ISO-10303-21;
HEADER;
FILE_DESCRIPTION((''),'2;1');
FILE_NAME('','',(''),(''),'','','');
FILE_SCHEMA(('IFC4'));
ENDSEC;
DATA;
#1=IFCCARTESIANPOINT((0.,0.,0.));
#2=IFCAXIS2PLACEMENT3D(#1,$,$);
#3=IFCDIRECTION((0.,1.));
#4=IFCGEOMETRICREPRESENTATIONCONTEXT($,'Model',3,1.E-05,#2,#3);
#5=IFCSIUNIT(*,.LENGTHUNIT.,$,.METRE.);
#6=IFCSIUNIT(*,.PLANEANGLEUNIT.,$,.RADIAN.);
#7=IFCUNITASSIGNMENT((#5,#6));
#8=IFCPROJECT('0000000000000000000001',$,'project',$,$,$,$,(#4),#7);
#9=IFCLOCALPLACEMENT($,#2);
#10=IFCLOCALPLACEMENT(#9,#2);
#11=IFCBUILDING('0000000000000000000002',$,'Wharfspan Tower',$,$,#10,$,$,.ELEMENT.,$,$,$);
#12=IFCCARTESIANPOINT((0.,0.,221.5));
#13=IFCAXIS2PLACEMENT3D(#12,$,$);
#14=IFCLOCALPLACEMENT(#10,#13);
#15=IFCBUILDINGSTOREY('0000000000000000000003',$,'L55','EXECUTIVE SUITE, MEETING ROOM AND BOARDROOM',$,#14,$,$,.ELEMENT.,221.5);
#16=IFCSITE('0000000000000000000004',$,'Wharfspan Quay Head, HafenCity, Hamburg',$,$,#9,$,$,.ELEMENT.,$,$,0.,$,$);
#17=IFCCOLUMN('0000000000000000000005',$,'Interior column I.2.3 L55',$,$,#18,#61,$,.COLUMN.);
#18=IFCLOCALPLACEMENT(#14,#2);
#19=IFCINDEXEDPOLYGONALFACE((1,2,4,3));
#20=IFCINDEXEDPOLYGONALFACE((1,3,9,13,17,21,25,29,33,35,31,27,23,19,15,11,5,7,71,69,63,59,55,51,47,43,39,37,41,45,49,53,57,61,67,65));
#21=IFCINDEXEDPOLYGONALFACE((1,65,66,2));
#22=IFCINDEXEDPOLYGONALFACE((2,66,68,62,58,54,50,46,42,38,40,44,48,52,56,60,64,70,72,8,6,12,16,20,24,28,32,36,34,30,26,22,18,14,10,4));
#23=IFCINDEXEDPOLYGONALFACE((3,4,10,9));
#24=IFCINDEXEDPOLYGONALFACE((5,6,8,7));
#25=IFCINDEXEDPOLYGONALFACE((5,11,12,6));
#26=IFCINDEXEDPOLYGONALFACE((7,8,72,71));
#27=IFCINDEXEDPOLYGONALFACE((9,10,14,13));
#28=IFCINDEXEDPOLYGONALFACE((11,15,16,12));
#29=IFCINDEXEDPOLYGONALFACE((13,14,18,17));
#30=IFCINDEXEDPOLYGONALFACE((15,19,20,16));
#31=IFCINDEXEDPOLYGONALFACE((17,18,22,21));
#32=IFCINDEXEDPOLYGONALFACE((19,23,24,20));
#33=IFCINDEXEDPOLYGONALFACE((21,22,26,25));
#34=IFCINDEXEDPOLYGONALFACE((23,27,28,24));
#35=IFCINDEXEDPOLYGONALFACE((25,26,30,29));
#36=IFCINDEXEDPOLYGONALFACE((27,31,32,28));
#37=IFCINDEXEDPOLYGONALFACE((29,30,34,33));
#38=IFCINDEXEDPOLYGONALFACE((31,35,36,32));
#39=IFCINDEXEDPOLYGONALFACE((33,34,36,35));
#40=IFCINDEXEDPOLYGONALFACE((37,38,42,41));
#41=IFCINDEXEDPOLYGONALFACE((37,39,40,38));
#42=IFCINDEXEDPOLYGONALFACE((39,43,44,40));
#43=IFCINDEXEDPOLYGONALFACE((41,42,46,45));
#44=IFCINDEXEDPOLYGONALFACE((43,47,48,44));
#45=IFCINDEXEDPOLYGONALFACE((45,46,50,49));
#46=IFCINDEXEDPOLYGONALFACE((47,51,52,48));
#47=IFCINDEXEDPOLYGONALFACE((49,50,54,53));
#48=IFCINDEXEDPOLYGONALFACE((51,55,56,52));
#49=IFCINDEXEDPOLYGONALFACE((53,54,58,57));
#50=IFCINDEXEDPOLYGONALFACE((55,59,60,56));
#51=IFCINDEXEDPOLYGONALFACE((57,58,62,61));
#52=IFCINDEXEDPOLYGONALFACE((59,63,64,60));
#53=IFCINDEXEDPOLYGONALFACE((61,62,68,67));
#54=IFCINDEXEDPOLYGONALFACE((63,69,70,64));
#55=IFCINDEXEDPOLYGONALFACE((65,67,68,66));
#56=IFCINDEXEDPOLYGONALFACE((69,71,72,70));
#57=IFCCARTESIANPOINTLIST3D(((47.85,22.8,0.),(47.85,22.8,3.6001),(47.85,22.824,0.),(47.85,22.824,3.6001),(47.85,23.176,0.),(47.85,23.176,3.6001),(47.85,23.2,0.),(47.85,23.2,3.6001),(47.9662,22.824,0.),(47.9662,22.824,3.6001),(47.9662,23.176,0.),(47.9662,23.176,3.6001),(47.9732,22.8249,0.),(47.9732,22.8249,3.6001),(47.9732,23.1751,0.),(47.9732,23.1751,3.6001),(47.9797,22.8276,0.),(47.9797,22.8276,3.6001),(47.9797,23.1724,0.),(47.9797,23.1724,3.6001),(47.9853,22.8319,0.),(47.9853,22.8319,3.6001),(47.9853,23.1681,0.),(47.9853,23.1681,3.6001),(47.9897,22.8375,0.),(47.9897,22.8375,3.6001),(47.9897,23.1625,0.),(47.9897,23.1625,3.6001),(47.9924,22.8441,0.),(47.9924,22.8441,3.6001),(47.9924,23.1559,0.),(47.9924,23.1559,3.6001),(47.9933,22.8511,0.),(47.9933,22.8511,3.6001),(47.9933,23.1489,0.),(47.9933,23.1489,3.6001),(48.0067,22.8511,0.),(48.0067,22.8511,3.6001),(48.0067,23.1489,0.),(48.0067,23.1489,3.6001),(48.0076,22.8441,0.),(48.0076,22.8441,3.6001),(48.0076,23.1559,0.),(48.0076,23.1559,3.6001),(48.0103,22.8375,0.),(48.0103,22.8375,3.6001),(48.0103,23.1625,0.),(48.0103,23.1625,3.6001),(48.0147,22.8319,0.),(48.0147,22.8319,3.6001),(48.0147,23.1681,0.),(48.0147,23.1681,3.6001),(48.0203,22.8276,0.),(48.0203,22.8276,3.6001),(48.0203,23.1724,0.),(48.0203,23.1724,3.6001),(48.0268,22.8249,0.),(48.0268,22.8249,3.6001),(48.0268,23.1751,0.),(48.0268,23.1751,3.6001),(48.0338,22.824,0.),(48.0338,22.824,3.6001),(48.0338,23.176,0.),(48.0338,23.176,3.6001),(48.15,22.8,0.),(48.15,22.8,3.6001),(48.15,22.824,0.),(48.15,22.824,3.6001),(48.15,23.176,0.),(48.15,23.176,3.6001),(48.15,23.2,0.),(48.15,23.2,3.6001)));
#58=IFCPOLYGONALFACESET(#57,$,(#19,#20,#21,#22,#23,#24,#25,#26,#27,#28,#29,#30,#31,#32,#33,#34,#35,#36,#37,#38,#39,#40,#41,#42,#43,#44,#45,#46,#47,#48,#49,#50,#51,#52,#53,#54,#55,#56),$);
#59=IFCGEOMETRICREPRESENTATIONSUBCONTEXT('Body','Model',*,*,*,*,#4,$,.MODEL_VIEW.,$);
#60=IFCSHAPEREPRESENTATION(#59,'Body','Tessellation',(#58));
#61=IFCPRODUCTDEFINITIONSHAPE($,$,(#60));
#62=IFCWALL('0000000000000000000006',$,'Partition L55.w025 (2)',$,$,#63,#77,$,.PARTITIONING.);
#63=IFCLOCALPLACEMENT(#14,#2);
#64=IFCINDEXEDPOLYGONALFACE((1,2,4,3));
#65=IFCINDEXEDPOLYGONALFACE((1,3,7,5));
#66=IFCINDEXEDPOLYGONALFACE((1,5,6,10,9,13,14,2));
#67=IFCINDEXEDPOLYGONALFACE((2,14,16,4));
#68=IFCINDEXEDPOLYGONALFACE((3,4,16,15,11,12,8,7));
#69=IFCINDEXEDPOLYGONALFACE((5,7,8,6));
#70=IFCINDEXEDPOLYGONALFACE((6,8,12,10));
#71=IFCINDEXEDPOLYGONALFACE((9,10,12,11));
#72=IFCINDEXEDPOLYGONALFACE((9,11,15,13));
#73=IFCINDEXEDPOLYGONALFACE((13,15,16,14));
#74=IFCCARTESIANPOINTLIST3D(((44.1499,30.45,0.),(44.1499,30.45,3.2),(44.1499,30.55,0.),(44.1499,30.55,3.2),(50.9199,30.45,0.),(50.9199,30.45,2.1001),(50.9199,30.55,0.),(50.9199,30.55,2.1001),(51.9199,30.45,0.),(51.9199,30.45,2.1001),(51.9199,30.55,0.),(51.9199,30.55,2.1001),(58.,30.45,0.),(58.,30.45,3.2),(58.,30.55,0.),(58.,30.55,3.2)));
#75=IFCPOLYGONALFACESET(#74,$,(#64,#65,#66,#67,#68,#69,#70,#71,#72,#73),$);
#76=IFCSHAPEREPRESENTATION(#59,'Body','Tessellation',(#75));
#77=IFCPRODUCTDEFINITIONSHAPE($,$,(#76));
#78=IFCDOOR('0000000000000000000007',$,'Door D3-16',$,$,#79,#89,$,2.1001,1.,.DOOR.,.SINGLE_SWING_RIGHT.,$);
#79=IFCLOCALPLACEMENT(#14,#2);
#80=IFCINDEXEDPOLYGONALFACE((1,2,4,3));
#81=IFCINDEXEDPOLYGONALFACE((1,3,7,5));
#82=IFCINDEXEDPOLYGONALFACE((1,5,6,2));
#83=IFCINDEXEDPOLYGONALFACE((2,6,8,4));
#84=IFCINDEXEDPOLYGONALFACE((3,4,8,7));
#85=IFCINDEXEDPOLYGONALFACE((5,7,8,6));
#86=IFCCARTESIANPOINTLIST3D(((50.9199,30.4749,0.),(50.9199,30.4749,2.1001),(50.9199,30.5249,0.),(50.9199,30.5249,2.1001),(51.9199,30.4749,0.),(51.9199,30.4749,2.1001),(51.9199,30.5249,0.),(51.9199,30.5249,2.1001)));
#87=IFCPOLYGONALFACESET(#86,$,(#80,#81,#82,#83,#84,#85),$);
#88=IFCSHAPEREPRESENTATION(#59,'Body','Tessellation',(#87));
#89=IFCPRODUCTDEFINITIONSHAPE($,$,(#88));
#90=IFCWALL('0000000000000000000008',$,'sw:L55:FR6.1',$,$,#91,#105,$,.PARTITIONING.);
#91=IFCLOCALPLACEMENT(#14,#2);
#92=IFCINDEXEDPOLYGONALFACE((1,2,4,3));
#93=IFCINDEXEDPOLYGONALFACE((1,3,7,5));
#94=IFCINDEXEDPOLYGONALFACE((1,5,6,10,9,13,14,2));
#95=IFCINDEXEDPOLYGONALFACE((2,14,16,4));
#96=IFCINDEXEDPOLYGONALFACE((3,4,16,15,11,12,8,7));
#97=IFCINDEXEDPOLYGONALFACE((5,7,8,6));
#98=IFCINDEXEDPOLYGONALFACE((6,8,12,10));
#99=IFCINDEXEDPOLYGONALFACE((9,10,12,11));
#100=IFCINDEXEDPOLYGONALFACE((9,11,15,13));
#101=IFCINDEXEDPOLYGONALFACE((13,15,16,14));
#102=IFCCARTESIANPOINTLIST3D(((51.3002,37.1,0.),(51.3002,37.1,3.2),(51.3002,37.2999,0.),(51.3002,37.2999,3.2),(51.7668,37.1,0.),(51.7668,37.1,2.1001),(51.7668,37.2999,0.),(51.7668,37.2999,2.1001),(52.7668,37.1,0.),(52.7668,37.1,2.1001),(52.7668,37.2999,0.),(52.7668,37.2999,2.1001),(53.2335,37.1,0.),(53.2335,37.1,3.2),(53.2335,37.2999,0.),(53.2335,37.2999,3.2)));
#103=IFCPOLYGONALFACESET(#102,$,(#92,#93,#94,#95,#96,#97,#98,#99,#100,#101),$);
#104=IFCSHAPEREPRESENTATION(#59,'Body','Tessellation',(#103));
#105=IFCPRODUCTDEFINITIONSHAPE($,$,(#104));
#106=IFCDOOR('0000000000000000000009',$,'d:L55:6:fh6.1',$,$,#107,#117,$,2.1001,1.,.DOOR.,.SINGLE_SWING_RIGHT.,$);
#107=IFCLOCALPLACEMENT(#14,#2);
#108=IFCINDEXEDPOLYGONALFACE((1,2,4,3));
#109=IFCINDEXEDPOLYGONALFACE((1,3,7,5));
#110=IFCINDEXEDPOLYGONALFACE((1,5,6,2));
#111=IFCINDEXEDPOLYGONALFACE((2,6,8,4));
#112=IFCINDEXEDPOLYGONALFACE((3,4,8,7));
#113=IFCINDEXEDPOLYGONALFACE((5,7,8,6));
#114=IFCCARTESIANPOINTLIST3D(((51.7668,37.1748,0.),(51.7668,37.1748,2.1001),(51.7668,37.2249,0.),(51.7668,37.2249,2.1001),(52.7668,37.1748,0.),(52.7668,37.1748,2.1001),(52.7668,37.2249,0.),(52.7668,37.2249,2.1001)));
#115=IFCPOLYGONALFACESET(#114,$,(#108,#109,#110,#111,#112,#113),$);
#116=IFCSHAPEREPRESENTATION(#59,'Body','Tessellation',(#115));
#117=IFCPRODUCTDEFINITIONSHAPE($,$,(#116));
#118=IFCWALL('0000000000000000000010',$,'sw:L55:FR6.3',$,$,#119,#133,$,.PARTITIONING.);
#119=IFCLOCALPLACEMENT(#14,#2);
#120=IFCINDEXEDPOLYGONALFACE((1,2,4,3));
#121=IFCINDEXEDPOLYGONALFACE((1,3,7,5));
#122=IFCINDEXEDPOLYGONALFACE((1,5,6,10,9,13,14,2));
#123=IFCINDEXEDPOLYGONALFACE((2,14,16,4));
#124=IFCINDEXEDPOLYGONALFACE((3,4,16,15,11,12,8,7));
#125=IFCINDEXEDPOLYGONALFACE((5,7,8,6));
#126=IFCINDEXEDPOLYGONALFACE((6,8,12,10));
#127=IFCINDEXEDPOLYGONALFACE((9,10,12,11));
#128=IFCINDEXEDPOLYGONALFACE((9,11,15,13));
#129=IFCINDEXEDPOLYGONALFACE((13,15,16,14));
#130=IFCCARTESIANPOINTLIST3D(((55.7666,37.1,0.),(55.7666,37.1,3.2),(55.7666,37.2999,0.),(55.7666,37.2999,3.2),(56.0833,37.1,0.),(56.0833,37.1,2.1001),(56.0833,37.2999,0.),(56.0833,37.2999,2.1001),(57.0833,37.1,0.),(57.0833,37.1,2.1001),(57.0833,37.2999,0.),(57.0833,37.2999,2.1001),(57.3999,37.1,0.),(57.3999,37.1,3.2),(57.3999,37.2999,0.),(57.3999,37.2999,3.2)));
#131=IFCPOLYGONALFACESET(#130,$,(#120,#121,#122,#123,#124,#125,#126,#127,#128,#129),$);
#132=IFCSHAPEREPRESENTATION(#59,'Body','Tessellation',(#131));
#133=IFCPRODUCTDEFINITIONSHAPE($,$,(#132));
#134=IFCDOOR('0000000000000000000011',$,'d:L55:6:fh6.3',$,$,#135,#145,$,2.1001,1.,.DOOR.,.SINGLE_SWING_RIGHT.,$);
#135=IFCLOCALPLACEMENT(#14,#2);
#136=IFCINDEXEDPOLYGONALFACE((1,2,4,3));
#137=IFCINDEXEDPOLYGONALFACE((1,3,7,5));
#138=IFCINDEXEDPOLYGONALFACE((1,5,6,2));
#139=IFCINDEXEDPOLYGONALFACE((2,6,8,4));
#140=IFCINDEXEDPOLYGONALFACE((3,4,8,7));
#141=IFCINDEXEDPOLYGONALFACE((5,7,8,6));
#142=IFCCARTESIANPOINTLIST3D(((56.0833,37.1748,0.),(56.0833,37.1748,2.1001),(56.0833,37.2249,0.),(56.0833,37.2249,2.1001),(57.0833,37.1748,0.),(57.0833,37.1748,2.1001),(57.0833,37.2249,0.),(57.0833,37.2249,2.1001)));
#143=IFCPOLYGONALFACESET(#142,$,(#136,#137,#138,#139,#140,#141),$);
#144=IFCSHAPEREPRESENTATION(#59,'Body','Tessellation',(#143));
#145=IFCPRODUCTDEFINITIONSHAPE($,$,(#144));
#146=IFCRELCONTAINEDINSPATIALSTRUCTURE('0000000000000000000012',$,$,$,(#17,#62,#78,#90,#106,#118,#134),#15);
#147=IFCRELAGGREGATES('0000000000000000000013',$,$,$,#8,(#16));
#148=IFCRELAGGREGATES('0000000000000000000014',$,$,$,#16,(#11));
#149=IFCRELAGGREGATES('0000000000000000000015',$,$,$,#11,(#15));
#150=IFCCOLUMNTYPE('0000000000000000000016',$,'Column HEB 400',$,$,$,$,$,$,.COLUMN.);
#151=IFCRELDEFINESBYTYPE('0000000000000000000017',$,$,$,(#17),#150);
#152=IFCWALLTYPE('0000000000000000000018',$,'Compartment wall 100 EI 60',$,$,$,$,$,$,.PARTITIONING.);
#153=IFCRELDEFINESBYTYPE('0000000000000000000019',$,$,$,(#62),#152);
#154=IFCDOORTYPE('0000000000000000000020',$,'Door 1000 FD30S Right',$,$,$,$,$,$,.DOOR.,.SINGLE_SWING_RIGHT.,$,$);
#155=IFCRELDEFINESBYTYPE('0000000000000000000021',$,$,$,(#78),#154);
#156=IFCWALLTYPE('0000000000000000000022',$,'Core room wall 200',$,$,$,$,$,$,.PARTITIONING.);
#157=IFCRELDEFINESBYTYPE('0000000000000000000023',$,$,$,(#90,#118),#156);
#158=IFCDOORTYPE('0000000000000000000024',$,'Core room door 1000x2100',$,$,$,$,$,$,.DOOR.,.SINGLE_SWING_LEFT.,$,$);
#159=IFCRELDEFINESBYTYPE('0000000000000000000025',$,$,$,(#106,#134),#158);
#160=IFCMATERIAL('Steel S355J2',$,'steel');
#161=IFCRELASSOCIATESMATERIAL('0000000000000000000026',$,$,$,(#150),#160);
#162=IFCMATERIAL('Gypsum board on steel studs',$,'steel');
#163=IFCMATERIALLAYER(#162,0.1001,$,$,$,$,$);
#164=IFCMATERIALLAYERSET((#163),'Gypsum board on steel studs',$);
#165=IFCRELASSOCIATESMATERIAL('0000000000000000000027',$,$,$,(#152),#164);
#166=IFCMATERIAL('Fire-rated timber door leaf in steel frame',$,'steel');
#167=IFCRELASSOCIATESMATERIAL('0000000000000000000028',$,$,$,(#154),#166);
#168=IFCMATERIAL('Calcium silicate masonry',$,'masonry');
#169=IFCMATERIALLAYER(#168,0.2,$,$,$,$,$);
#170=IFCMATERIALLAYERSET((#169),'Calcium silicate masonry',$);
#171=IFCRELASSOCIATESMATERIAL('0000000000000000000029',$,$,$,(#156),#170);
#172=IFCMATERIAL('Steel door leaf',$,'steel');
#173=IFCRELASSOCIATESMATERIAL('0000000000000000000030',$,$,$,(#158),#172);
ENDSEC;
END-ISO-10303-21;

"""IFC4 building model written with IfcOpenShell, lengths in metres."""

from ifc_helpers import new_model, si_unit, direction, frame, frame_2d, origin, origin_2d, place, context, subcontext, project, spatial, rectangle, i_section, extrude, material, layer, layer_set, material_profile, profile_set, type_object, element, fill, save


model = new_model("IFC4")

# Units and contexts
model_context = context("Model", 3, precision=1e-05, world=origin(), true_north=direction((0.0, 1.0)))
body_context = subcontext(model_context, "Body", "Model", "MODEL_VIEW")
ifc_project = project(units=[si_unit("LENGTHUNIT", "METRE"), si_unit("PLANEANGLEUNIT", "RADIAN")], contexts=[model_context])

# Site, building, storey
site_placement = place(None, origin())
site = spatial("IfcSite", under=ifc_project, at=site_placement, Name="Wharfspan Quay Head, HafenCity, Hamburg", CompositionType="ELEMENT", RefElevation=0.0)
building_placement = place(site_placement, origin())
building = spatial("IfcBuilding", under=site, at=building_placement, Name="Wharfspan Tower", CompositionType="ELEMENT")
storey_placement = place(building_placement, frame((0.0, 0.0, 221.5)))
storey = spatial("IfcBuildingStorey", under=building, at=storey_placement, Name="L55", Description="EXECUTIVE SUITE, MEETING ROOM AND BOARDROOM", CompositionType="ELEMENT", Elevation=221.5)

# Column
ifc_material_1 = material(Name="Steel S355J2", Category="steel")
ifc_material_profile = material_profile(ifc_material_1, i_section(OverallWidth=0.3, OverallDepth=0.3999, WebThickness=0.0134, FlangeThickness=0.0239, FilletRadius=0.0271, at=origin_2d()))
ifc_profile_set = profile_set([ifc_material_profile], Name="Steel S355J2")
column_type = type_object("IfcColumnType", Name="Column HEB 400", PredefinedType="COLUMN", material=ifc_profile_set)
column_placement = place(storey_placement, frame((48.0, 23.0, 0.0), z_axis=(0.0, 0.0, 1.0), x_axis=(1.0, 0.0, 0.0)))
element("IfcColumn", 1, at=column_placement, inside=storey, type_object=column_type, Name="Interior column I.2.3 L55", PredefinedType="COLUMN", context=body_context, shape_type="SweptSolid", body=[
    extrude(i_section(OverallWidth=0.3, OverallDepth=0.3999, WebThickness=0.0134, FlangeThickness=0.0239, FilletRadius=0.0271, at=origin_2d()), origin(), (0.0, 0.0, 1.0), 3.6001),
])

# Walls, openings, doors
ifc_material_2 = material(Name="Gypsum board on steel studs", Category="steel")
ifc_layer_1 = layer(ifc_material_2, 0.1001)
ifc_layer_set_1 = layer_set([ifc_layer_1], Name="Gypsum board on steel studs")
wall_type_1 = type_object("IfcWallType", Name="Compartment wall 100 EI 60", PredefinedType="PARTITIONING", material=ifc_layer_set_1)
wall_1_placement = place(storey_placement, frame((44.1499, 30.5, 0.0), z_axis=(0.0, 0.0, 1.0), x_axis=(1.0, 0.0, 0.0)))
wall_1 = element("IfcWall", 2, at=wall_1_placement, inside=storey, type_object=wall_type_1, Name="Partition L55.w025 (2)", PredefinedType="PARTITIONING", context=body_context, shape_type="SweptSolid", body=[
    extrude(rectangle(XDim=13.8501, YDim=0.1001, at=frame_2d((6.925, 0.0))), origin(), (0.0, 0.0, 1.0), 3.2),
])
opening_1_placement = place(wall_1_placement, frame((6.77, 0.0, 0.0)))
opening_1 = element("IfcOpeningElement", 3, at=opening_1_placement, cuts=wall_1, PredefinedType="OPENING", context=body_context, shape_type="SweptSolid", body=[
    extrude(rectangle(XDim=1.0, YDim=2.1001, at=frame_2d((0.5, 1.05))), frame((0.0, 0.0601, 0.0), z_axis=(0.0, -1.0, 0.0), x_axis=(1.0, 0.0, 0.0)), (0.0, 0.0, 1.0), 0.1201),
])
ifc_material_3 = material(Name="Fire-rated timber door leaf in steel frame", Category="steel")
door_type_1 = type_object("IfcDoorType", Name="Door 1000 FD30S Right", OperationType="SINGLE_SWING_RIGHT", PredefinedType="DOOR", material=ifc_material_3)
door_1_placement = place(opening_1_placement, origin())
door_1 = element("IfcDoor", 4, at=door_1_placement, inside=storey, type_object=door_type_1, Name="Door D3-16", OperationType="SINGLE_SWING_RIGHT", OverallHeight=2.1001, OverallWidth=1.0, PredefinedType="DOOR", context=body_context, shape_type="SweptSolid", body=[
    extrude(rectangle(XDim=1.0, YDim=2.1001, at=frame_2d((0.5, 1.05))), frame((0.0, 0.0249, 0.0), z_axis=(0.0, -1.0, 0.0), x_axis=(1.0, 0.0, 0.0)), (0.0, 0.0, 1.0), 0.05),
])
fill(opening_1, door_1)
ifc_material_4 = material(Name="Calcium silicate masonry", Category="masonry")
ifc_layer_2 = layer(ifc_material_4, 0.2)
ifc_layer_set_2 = layer_set([ifc_layer_2], Name="Calcium silicate masonry")
wall_type_2 = type_object("IfcWallType", Name="Core room wall 200", PredefinedType="PARTITIONING", material=ifc_layer_set_2)
wall_2_placement = place(storey_placement, frame((51.3, 37.2, 0.0), z_axis=(0.0, 0.0, 1.0), x_axis=(1.0, 0.0, 0.0)))
wall_2 = element("IfcWall", 5, at=wall_2_placement, inside=storey, type_object=wall_type_2, Name="sw:L55:FR6.1", PredefinedType="PARTITIONING", context=body_context, shape_type="SweptSolid", body=[
    extrude(rectangle(XDim=1.9333, YDim=0.2, at=frame_2d((0.9668, 0.0))), origin(), (0.0, 0.0, 1.0), 3.2),
])
opening_2_placement = place(wall_2_placement, frame((0.4668, 0.0, 0.0)))
opening_2 = element("IfcOpeningElement", 6, at=opening_2_placement, cuts=wall_2, PredefinedType="OPENING", context=body_context, shape_type="SweptSolid", body=[
    extrude(rectangle(XDim=1.0, YDim=2.1001, at=frame_2d((0.5, 1.05))), frame((0.0, 0.1099, 0.0), z_axis=(0.0, -1.0, 0.0), x_axis=(1.0, 0.0, 0.0)), (0.0, 0.0, 1.0), 0.22),
])
ifc_material_5 = material(Name="Steel door leaf", Category="steel")
door_type_2 = type_object("IfcDoorType", Name="Core room door 1000x2100", OperationType="SINGLE_SWING_LEFT", PredefinedType="DOOR", material=ifc_material_5)
door_2_placement = place(opening_2_placement, origin())
door_2 = element("IfcDoor", 7, at=door_2_placement, inside=storey, type_object=door_type_2, Name="d:L55:6:fh6.1", OperationType="SINGLE_SWING_RIGHT", OverallHeight=2.1001, OverallWidth=1.0, PredefinedType="DOOR", context=body_context, shape_type="SweptSolid", body=[
    extrude(rectangle(XDim=1.0, YDim=2.1001, at=frame_2d((0.5, 1.05))), frame((0.0, 0.0249, 0.0), z_axis=(0.0, -1.0, 0.0), x_axis=(1.0, 0.0, 0.0)), (0.0, 0.0, 1.0), 0.05),
])
fill(opening_2, door_2)
wall_3_placement = place(storey_placement, frame((55.7666, 37.2, 0.0), z_axis=(0.0, 0.0, 1.0), x_axis=(1.0, 0.0, 0.0)))
wall_3 = element("IfcWall", 8, at=wall_3_placement, inside=storey, type_object=wall_type_2, Name="sw:L55:FR6.3", PredefinedType="PARTITIONING", context=body_context, shape_type="SweptSolid", body=[
    extrude(rectangle(XDim=1.6333, YDim=0.2, at=frame_2d((0.8166, 0.0))), origin(), (0.0, 0.0, 1.0), 3.2),
])
opening_3_placement = place(wall_3_placement, frame((0.3166, 0.0, 0.0)))
opening_3 = element("IfcOpeningElement", 9, at=opening_3_placement, cuts=wall_3, PredefinedType="OPENING", context=body_context, shape_type="SweptSolid", body=[
    extrude(rectangle(XDim=1.0, YDim=2.1001, at=frame_2d((0.5, 1.05))), frame((0.0, 0.1099, 0.0), z_axis=(0.0, -1.0, 0.0), x_axis=(1.0, 0.0, 0.0)), (0.0, 0.0, 1.0), 0.22),
])
door_3_placement = place(opening_3_placement, origin())
door_3 = element("IfcDoor", 10, at=door_3_placement, inside=storey, type_object=door_type_2, Name="d:L55:6:fh6.3", OperationType="SINGLE_SWING_RIGHT", OverallHeight=2.1001, OverallWidth=1.0, PredefinedType="DOOR", context=body_context, shape_type="SweptSolid", body=[
    extrude(rectangle(XDim=1.0, YDim=2.1001, at=frame_2d((0.5, 1.05))), frame((0.0, 0.0249, 0.0), z_axis=(0.0, -1.0, 0.0), x_axis=(1.0, 0.0, 0.0)), (0.0, 0.0, 1.0), 0.05),
])
fill(opening_3, door_3)

save(model, "model.ifc")
